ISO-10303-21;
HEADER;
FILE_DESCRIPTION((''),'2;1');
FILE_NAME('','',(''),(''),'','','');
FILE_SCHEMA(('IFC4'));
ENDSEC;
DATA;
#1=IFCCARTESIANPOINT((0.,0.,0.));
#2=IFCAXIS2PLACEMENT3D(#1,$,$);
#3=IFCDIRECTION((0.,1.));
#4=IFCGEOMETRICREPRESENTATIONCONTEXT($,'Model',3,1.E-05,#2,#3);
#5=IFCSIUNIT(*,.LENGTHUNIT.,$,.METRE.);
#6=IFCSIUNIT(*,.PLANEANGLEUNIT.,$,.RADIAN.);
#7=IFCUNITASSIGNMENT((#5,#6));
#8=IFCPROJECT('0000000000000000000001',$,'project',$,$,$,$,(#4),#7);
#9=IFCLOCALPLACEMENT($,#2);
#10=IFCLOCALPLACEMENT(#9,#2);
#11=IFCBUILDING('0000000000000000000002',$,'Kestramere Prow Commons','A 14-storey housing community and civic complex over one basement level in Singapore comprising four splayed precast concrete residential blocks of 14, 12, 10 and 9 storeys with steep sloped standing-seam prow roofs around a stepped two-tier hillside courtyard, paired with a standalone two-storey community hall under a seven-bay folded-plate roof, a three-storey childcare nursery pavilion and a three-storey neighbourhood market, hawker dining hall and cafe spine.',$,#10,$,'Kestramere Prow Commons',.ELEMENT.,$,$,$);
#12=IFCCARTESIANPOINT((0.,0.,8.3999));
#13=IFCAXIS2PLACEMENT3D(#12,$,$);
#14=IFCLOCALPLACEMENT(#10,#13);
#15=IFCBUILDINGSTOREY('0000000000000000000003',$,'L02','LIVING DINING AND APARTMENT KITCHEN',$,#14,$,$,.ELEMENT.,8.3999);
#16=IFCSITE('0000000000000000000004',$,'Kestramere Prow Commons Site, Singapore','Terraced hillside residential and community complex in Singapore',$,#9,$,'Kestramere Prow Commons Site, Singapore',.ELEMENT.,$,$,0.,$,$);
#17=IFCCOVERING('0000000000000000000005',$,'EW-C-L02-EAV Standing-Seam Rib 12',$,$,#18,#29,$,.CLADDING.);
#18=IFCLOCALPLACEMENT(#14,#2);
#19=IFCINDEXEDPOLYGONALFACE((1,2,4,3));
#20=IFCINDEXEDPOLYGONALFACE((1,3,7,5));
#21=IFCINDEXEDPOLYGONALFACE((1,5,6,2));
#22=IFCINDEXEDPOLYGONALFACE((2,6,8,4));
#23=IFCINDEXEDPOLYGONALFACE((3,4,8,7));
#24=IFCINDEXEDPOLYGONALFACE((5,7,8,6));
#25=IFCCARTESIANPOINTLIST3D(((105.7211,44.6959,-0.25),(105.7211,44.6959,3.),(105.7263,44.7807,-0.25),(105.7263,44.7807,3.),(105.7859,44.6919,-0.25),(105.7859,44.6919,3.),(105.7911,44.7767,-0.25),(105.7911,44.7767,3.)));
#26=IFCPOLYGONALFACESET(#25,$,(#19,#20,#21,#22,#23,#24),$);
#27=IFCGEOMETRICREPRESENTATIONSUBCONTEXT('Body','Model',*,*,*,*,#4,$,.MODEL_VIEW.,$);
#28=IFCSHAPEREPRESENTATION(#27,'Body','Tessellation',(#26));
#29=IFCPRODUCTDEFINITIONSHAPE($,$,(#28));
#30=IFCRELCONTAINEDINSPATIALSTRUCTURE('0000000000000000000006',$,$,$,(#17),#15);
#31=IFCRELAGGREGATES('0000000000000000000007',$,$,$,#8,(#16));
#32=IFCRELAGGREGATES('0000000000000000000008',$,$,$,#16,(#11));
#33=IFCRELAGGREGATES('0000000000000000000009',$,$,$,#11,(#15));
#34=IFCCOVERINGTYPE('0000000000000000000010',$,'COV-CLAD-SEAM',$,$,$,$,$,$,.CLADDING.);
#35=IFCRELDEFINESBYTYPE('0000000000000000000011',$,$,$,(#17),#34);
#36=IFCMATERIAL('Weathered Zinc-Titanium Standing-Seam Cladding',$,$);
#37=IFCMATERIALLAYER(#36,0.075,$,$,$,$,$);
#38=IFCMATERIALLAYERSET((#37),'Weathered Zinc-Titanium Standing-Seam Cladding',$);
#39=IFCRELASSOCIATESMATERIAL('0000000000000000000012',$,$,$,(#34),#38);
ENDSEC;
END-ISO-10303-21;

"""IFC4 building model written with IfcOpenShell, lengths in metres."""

from ifc_helpers import new_model, si_unit, direction, frame, origin, origin_2d, place, context, subcontext, project, spatial, rectangle, extrude, material, layer, layer_set, type_object, element, save


model = new_model("IFC4")

# Units and contexts
model_context = context("Model", 3, precision=1e-05, world=origin(), true_north=direction((0.0, 1.0)))
body_context = subcontext(model_context, "Body", "Model", "MODEL_VIEW")
ifc_project = project(units=[si_unit("LENGTHUNIT", "METRE"), si_unit("PLANEANGLEUNIT", "RADIAN")], contexts=[model_context])

# Site, building, storey
site_placement = place(None, origin())
site = spatial("IfcSite", under=ifc_project, at=site_placement, Name="Kestramere Prow Commons Site, Singapore", Description="Terraced hillside residential and community complex in Singapore", LongName="Kestramere Prow Commons Site, Singapore", CompositionType="ELEMENT", RefElevation=0.0)
building_placement = place(site_placement, origin())
building = spatial("IfcBuilding", under=site, at=building_placement, Name="Kestramere Prow Commons", Description="A 14-storey housing community and civic complex over one basement level in Singapore comprising four splayed precast concrete residential blocks of 14, 12, 10 and 9 storeys with steep sloped standing-seam prow roofs around a stepped two-tier hillside courtyard, paired with a standalone two-storey community hall under a seven-bay folded-plate roof, a three-storey childcare nursery pavilion and a three-storey neighbourhood market, hawker dining hall and cafe spine.", LongName="Kestramere Prow Commons", CompositionType="ELEMENT")
storey_placement = place(building_placement, frame((0.0, 0.0, 8.3999)))
storey = spatial("IfcBuildingStorey", under=building, at=storey_placement, Name="L02", Description="LIVING DINING AND APARTMENT KITCHEN", CompositionType="ELEMENT", Elevation=8.3999)

# Covering
ifc_material_1 = material(Name="Weathered Zinc-Titanium Standing-Seam Cladding")
ifc_layer_1 = layer(ifc_material_1, 0.075)
ifc_layer_set_1 = layer_set([ifc_layer_1], Name="Weathered Zinc-Titanium Standing-Seam Cladding")
covering_type = type_object("IfcCoveringType", Name="COV-CLAD-SEAM", PredefinedType="CLADDING", material=ifc_layer_set_1)
for number, where, z_axis, x_axis, name in (
    (1, (105.7561, 44.7363, -0.25), (0.0, 0.0, 1.0), (-0.061049, -0.998135, 0.0), "EW-C-L02-EAV Standing-Seam Rib 12"),
):
    element("IfcCovering", number, at=place(storey_placement, frame(where, z_axis=z_axis, x_axis=x_axis)), inside=storey, type_object=covering_type, Name=name, PredefinedType="CLADDING", context=body_context, shape_type="SweptSolid", body=[
        extrude(rectangle(XDim=0.085, YDim=0.0649, at=origin_2d()), origin(), (0.0, 0.0, 1.0), 3.25),
    ])

save(model, "model.ifc")
